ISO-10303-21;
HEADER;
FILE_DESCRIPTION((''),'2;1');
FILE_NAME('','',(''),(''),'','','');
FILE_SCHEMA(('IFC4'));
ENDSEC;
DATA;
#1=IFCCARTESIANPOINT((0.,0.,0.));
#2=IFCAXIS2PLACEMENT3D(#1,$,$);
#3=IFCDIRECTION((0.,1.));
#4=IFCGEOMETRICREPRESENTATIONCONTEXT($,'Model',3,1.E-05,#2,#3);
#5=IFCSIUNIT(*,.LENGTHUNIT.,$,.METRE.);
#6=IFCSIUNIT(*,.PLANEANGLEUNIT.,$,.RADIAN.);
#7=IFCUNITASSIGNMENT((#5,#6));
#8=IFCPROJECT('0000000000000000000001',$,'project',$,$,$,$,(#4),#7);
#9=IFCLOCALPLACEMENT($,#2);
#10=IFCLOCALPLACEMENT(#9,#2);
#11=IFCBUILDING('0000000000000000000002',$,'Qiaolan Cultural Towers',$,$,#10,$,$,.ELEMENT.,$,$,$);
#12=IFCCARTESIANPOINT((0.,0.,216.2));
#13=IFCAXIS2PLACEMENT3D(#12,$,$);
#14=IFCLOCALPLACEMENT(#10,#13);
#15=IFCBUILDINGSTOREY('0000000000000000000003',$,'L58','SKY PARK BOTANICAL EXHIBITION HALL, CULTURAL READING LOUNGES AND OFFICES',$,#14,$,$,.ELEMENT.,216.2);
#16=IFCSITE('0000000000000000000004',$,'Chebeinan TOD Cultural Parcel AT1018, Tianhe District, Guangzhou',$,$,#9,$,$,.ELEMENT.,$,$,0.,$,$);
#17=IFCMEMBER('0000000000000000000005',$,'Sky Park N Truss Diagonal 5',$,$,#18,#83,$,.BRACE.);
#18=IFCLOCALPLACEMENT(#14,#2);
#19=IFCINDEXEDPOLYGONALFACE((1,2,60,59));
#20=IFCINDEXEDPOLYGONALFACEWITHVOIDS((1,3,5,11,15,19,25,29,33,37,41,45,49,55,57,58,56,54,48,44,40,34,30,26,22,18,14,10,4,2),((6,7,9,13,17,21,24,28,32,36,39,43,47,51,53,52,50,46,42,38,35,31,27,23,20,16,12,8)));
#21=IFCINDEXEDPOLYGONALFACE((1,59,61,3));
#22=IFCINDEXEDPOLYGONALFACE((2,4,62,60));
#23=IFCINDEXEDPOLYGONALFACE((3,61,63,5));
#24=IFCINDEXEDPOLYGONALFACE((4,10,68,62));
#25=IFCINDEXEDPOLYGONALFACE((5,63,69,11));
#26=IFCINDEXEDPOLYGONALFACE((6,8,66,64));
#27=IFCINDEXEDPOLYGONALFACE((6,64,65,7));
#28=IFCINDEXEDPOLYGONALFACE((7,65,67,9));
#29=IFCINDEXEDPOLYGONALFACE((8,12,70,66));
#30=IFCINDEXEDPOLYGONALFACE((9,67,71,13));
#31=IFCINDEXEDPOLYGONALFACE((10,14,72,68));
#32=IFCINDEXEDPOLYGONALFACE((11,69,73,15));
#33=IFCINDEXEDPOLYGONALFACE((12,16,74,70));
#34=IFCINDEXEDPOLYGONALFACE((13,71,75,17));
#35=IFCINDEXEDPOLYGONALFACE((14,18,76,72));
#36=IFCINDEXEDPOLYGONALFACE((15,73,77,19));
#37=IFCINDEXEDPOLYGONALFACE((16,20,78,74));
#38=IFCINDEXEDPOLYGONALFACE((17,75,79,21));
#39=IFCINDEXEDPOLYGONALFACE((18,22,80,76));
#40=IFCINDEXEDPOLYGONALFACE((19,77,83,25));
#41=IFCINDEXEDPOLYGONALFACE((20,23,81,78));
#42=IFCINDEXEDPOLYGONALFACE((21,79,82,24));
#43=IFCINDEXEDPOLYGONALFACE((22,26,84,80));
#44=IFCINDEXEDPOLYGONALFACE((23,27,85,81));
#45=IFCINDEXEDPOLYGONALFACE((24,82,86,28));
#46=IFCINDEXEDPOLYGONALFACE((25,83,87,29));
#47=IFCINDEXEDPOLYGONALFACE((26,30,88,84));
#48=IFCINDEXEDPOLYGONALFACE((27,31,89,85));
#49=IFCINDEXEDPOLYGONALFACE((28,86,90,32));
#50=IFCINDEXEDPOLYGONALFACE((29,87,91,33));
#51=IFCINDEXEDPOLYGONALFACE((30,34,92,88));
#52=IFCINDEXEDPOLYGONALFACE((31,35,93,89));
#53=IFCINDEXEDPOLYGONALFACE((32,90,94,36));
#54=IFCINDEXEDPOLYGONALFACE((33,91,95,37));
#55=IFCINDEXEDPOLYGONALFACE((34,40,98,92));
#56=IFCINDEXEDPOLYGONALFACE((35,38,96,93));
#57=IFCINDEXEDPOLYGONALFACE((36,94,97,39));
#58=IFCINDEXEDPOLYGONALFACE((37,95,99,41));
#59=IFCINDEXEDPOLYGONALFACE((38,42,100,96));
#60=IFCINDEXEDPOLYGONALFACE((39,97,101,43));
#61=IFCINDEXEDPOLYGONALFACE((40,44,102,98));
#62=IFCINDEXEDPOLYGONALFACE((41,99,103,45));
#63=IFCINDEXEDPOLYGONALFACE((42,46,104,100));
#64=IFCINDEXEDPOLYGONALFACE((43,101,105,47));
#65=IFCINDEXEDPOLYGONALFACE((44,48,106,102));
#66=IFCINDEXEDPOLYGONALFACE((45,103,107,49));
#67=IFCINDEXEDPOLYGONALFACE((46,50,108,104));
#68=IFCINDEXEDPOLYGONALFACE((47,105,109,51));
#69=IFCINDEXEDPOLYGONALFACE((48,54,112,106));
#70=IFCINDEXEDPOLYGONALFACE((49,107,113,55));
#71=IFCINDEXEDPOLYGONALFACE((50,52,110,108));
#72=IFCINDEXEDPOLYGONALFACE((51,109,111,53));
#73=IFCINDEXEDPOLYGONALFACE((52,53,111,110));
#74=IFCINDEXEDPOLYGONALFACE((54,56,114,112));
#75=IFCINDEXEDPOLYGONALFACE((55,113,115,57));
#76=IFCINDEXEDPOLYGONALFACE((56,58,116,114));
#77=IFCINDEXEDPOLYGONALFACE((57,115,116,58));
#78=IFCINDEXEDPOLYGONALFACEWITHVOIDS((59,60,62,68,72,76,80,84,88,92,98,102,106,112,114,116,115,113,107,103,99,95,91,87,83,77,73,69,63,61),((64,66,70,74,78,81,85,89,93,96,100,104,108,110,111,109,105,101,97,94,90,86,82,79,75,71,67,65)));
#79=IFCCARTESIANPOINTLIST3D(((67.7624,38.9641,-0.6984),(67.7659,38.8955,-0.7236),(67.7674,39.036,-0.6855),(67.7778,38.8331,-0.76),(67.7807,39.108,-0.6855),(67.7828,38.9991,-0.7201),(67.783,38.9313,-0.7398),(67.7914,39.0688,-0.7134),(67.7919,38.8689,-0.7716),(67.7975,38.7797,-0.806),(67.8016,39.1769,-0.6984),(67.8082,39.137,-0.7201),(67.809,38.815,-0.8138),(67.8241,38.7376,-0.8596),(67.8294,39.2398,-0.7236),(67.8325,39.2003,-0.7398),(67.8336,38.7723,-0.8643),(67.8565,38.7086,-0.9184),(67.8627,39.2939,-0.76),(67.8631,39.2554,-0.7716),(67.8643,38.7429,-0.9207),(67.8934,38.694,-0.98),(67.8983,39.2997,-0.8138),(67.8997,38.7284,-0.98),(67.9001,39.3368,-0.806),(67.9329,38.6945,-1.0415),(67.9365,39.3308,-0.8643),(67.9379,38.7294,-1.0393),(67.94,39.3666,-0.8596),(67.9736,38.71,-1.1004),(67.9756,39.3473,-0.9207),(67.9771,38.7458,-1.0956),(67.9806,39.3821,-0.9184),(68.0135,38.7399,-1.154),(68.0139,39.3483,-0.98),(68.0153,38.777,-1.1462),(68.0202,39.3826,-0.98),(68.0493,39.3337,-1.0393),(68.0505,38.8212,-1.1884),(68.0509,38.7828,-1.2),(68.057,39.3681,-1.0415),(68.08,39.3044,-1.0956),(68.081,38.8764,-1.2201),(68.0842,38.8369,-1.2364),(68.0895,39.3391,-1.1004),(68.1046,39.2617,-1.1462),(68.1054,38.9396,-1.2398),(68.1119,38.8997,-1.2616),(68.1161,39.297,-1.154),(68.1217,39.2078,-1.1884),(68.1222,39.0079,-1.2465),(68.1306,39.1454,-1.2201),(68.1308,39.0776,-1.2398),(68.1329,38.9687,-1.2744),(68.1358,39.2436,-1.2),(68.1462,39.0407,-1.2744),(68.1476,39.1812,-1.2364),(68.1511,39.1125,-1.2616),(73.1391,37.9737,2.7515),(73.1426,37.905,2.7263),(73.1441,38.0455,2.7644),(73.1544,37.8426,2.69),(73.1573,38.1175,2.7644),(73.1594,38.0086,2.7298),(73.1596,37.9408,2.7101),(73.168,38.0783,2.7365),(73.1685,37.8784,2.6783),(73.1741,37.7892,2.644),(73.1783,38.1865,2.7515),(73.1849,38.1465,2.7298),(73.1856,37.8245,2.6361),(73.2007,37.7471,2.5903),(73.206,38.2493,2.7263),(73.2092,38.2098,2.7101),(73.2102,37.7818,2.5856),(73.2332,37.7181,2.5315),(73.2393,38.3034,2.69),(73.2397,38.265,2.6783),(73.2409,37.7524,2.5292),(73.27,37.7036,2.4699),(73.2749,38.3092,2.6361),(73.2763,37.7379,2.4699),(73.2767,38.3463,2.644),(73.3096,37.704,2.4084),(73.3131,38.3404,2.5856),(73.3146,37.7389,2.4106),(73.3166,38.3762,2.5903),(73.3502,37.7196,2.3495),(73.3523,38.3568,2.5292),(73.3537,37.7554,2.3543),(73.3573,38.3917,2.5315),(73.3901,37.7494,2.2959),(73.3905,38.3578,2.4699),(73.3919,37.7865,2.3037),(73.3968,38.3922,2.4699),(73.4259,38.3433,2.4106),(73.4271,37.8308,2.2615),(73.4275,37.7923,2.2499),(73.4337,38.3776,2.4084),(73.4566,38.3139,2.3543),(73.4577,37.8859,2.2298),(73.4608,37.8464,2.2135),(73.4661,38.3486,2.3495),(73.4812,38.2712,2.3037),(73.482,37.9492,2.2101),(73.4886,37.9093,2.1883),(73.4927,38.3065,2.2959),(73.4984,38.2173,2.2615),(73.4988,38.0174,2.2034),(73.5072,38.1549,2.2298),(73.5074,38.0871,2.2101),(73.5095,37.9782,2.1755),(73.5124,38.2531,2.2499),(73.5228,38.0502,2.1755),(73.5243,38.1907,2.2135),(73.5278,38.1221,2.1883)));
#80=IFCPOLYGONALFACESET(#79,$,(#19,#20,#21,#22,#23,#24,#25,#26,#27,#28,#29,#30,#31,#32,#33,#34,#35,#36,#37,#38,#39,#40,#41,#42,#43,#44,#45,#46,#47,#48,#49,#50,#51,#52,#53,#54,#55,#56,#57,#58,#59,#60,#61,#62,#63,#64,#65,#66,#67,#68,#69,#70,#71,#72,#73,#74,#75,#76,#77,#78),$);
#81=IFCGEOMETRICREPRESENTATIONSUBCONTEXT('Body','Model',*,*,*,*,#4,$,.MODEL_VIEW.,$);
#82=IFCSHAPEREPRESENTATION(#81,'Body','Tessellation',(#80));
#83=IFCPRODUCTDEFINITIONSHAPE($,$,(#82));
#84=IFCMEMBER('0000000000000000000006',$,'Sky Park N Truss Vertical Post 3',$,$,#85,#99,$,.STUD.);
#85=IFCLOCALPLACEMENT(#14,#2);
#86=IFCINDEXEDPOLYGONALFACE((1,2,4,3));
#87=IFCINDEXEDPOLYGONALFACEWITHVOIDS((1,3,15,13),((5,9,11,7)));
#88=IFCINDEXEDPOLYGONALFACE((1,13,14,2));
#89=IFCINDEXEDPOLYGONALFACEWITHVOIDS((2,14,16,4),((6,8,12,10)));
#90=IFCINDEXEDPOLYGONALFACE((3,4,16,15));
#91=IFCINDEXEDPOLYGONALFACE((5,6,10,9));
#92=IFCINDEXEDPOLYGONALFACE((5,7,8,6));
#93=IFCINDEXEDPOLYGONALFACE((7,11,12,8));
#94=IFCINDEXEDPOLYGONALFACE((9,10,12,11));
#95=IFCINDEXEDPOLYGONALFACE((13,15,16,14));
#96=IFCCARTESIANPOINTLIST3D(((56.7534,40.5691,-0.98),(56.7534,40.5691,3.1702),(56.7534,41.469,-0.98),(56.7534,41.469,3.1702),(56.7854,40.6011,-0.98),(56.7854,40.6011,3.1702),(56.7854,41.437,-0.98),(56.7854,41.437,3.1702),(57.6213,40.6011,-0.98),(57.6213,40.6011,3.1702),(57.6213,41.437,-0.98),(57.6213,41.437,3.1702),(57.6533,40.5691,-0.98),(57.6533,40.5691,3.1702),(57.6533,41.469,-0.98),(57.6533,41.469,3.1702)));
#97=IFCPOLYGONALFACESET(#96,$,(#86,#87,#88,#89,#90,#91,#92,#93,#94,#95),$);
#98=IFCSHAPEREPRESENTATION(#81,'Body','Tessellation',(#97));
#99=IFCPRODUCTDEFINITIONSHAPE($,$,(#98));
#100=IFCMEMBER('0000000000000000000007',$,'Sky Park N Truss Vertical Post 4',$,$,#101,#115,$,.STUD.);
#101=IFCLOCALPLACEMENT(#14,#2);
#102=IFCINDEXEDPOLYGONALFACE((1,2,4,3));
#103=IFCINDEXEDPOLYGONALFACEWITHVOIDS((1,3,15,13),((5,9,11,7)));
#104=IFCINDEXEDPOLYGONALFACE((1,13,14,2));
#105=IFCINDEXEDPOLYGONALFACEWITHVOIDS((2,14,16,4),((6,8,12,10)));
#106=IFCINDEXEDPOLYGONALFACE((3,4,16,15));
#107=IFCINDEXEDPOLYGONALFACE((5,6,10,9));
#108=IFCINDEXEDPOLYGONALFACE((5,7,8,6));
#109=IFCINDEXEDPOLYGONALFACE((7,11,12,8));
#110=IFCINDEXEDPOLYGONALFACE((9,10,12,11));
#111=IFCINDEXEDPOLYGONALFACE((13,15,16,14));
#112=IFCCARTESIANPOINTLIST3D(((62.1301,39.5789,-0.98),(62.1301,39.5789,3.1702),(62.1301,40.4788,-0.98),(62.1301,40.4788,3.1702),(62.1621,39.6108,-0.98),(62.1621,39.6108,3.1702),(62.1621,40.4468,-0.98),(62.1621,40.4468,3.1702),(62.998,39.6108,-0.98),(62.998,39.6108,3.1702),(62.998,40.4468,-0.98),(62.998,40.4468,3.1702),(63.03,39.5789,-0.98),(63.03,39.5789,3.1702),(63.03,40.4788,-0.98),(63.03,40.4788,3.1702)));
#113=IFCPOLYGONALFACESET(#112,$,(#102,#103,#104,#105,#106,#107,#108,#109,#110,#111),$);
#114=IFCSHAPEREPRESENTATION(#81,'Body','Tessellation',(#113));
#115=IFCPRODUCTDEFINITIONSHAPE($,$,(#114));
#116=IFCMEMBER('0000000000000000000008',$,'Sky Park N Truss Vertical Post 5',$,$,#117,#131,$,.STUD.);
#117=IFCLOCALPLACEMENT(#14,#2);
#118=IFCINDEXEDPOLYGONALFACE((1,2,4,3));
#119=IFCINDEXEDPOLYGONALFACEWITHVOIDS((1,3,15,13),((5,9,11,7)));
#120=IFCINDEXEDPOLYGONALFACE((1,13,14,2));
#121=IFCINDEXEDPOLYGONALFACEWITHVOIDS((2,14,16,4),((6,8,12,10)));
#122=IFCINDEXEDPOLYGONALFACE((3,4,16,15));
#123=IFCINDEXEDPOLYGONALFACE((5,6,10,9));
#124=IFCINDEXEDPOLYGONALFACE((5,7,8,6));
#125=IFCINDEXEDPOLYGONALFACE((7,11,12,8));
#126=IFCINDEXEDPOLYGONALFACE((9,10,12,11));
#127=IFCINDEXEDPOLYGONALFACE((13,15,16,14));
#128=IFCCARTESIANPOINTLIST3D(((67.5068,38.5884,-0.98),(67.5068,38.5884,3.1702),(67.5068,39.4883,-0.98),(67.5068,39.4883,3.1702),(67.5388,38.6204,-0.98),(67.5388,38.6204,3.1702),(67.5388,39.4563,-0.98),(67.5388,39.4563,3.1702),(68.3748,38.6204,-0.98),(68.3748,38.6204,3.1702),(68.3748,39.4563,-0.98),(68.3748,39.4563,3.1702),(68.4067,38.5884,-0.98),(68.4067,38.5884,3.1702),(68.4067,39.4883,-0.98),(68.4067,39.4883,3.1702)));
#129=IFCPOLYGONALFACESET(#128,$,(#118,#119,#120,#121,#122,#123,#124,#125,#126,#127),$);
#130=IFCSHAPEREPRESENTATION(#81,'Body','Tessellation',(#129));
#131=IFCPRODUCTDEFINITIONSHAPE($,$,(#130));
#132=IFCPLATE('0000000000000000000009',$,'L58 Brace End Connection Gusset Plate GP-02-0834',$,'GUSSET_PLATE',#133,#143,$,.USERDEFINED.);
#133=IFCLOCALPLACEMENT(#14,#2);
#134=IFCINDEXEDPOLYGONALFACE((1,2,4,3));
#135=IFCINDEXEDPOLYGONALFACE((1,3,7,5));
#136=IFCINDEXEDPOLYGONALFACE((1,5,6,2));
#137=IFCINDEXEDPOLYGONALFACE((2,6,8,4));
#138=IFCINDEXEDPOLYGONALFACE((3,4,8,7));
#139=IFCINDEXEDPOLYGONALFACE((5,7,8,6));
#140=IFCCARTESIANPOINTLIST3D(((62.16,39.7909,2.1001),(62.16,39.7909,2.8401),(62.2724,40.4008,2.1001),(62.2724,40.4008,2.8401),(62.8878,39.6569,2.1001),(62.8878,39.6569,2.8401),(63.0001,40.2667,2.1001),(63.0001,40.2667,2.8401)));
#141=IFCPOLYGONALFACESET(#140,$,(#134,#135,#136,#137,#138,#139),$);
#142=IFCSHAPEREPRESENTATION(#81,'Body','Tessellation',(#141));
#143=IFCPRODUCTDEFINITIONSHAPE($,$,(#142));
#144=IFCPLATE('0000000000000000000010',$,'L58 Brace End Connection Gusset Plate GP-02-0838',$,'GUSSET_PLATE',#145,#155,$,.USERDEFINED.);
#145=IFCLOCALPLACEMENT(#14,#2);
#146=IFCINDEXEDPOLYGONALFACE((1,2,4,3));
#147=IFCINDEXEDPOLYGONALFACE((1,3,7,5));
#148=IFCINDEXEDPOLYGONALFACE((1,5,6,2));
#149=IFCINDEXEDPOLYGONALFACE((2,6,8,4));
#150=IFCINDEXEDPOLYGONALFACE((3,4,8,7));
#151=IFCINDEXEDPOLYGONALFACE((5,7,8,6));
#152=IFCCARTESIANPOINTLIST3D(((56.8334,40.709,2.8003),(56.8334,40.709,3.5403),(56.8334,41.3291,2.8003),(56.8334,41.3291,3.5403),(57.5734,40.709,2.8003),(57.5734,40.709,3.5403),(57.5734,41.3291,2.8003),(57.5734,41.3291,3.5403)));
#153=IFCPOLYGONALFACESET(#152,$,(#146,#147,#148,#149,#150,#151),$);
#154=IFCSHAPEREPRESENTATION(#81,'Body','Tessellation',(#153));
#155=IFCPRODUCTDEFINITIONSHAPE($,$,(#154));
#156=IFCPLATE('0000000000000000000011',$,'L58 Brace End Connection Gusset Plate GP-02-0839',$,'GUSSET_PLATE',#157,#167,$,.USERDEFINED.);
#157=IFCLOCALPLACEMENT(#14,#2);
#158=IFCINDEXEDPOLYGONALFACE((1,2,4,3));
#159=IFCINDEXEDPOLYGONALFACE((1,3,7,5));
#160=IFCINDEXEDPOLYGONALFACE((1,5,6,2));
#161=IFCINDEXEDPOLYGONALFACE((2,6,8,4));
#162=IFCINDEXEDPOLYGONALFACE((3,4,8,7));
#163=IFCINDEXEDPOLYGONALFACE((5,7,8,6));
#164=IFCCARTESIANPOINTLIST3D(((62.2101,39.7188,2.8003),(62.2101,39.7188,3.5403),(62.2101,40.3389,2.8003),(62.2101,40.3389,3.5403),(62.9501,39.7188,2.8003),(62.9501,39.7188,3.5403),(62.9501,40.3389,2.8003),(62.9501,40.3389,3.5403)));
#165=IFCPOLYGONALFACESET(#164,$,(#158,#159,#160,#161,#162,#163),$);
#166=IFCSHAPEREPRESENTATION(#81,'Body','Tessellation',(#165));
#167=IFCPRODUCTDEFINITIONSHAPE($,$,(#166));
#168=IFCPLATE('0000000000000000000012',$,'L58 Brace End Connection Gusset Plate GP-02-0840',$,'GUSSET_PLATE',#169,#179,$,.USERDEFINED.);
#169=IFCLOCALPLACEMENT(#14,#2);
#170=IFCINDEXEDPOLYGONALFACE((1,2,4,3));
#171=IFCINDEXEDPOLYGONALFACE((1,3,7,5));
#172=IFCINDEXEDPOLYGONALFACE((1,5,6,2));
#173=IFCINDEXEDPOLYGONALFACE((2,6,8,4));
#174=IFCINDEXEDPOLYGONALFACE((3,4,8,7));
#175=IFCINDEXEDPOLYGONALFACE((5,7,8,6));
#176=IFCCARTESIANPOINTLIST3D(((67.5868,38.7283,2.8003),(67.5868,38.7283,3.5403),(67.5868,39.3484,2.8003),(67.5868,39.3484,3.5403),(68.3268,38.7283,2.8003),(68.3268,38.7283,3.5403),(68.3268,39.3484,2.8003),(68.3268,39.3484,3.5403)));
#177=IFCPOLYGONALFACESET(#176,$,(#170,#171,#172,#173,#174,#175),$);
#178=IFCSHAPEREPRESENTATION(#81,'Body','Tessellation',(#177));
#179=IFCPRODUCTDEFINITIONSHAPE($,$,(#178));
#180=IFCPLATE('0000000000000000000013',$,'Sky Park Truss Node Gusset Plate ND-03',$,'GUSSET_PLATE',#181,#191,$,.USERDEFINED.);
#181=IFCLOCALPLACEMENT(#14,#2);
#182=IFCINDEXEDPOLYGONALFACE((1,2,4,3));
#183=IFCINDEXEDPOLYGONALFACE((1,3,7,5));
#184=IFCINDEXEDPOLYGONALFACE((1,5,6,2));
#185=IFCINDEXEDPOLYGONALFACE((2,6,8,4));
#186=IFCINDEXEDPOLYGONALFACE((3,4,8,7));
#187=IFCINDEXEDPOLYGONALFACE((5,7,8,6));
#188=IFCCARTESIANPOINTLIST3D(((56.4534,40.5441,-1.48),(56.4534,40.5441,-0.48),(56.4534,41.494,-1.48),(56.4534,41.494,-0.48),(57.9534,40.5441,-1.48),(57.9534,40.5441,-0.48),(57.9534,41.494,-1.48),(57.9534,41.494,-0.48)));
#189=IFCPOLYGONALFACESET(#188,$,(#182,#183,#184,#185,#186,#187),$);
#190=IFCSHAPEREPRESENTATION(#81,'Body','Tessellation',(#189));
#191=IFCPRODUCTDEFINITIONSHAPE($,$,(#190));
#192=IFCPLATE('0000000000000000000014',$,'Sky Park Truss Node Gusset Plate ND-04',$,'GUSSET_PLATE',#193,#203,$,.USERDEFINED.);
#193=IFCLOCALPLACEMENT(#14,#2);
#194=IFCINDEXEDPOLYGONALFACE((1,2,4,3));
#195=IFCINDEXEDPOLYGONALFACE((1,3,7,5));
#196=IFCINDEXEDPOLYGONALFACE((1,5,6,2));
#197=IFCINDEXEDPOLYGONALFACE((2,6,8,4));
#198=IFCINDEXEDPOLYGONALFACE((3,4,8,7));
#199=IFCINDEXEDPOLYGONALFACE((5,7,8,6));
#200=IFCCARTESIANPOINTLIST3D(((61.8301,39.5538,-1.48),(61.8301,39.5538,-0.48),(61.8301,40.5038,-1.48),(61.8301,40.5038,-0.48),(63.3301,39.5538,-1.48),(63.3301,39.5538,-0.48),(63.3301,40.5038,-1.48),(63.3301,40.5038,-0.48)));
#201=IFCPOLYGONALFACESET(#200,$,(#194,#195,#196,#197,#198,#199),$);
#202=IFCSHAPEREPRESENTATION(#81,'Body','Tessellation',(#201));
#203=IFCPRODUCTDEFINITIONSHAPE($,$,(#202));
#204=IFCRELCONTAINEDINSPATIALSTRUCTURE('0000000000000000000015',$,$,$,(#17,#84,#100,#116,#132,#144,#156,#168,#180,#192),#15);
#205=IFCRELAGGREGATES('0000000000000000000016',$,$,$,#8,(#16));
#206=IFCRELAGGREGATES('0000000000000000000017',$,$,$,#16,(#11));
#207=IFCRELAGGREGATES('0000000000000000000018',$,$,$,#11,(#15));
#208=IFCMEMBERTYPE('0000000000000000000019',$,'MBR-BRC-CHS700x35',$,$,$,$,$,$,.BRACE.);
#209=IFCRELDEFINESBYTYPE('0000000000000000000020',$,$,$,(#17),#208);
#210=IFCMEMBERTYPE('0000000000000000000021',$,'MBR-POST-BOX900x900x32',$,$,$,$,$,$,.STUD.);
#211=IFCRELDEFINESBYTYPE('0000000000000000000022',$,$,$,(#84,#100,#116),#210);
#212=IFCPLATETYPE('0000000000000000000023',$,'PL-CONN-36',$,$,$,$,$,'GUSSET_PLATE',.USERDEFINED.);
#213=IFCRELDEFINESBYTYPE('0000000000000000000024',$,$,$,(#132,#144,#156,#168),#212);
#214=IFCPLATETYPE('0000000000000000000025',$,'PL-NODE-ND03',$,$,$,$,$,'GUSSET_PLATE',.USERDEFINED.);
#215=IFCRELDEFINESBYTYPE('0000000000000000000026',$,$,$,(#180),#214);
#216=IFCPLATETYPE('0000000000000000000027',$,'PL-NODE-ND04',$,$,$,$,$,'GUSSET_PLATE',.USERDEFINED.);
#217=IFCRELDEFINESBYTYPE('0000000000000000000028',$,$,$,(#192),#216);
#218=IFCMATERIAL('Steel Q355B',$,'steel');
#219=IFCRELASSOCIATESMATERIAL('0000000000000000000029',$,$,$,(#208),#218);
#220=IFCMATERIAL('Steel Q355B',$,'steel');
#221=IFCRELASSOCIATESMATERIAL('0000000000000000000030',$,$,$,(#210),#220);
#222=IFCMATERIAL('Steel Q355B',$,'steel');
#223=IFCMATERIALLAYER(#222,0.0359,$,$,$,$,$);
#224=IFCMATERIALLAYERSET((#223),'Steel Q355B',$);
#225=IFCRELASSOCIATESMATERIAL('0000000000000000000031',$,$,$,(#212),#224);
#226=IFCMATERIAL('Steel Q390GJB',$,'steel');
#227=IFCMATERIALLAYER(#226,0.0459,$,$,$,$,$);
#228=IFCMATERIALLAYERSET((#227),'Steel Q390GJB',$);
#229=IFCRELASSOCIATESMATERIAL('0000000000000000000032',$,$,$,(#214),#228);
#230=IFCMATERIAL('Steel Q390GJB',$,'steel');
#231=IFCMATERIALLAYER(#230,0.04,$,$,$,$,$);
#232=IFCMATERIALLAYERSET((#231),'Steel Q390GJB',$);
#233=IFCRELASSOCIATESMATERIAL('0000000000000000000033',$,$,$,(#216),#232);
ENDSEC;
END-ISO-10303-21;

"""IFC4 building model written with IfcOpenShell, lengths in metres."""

from ifc_helpers import new_model, si_unit, direction, frame, origin, origin_2d, place, context, subcontext, project, spatial, rectangle, hollow_rectangle, hollow_circle, extrude, material, layer, layer_set, material_profile, profile_set, type_object, element, save


model = new_model("IFC4")

# Units and contexts
model_context = context("Model", 3, precision=1e-05, world=origin(), true_north=direction((0.0, 1.0)))
body_context = subcontext(model_context, "Body", "Model", "MODEL_VIEW")
ifc_project = project(units=[si_unit("LENGTHUNIT", "METRE"), si_unit("PLANEANGLEUNIT", "RADIAN")], contexts=[model_context])

# Site, building, storey
site_placement = place(None, origin())
site = spatial("IfcSite", under=ifc_project, at=site_placement, Name="Chebeinan TOD Cultural Parcel AT1018, Tianhe District, Guangzhou", CompositionType="ELEMENT", RefElevation=0.0)
building_placement = place(site_placement, origin())
building = spatial("IfcBuilding", under=site, at=building_placement, Name="Qiaolan Cultural Towers", CompositionType="ELEMENT")
storey_placement = place(building_placement, frame((0.0, 0.0, 216.2)))
storey = spatial("IfcBuildingStorey", under=building, at=storey_placement, Name="L58", Description="SKY PARK BOTANICAL EXHIBITION HALL, CULTURAL READING LOUNGES AND OFFICES", CompositionType="ELEMENT", Elevation=216.2)

# Members
ifc_material_1 = material(Name="Steel Q355B", Category="steel")
ifc_material_profile_1 = material_profile(ifc_material_1, hollow_circle(Radius=0.3501, WallThickness=0.0349, at=origin_2d()), Name="CHS700x35")
ifc_profile_set_1 = profile_set([ifc_material_profile_1], Name="Steel Q355B")
member_type_1 = type_object("IfcMemberType", Name="MBR-BRC-CHS700x35", PredefinedType="BRACE", material=ifc_profile_set_1)
for number, where, z_axis, x_axis, name in (
    (1, (67.9568, 39.0383, -0.98), (0.831704, -0.153214, 0.533661), (0.181168, 0.983452, 0.0), "Sky Park N Truss Diagonal 5"),
):
    element("IfcMember", number, at=place(storey_placement, frame(where, z_axis=z_axis, x_axis=x_axis)), inside=storey, type_object=member_type_1, Name=name, PredefinedType="BRACE", context=body_context, shape_type="SweptSolid", body=[
        extrude(hollow_circle(Radius=0.3501, WallThickness=0.0349, at=origin_2d()), origin(), (0.0, 0.0, 1.0), 6.4646),
    ])
ifc_material_2 = material(Name="Steel Q355B", Category="steel")
ifc_material_profile_2 = material_profile(ifc_material_2, hollow_rectangle(XDim=0.8999, YDim=0.8999, WallThickness=0.032, at=origin_2d()), Name="BOX900x900x32")
ifc_profile_set_2 = profile_set([ifc_material_profile_2], Name="Steel Q355B")
member_type_2 = type_object("IfcMemberType", Name="MBR-POST-BOX900x900x32", PredefinedType="STUD", material=ifc_profile_set_2)
for number, where, z_axis, x_axis, name in (
    (2, (57.2034, 41.019, -0.98), (0.0, 0.0, 1.0), (1.0, 0.0, 0.0), "Sky Park N Truss Vertical Post 3"),
    (3, (62.5801, 40.0288, -0.98), (0.0, 0.0, 1.0), (1.0, 0.0, 0.0), "Sky Park N Truss Vertical Post 4"),
    (4, (67.9568, 39.0383, -0.98), (0.0, 0.0, 1.0), (1.0, 0.0, 0.0), "Sky Park N Truss Vertical Post 5"),
):
    element("IfcMember", number, at=place(storey_placement, frame(where, z_axis=z_axis, x_axis=x_axis)), inside=storey, type_object=member_type_2, Name=name, PredefinedType="STUD", context=body_context, shape_type="SweptSolid", body=[
        extrude(hollow_rectangle(XDim=0.8999, YDim=0.8999, WallThickness=0.032, at=origin_2d()), origin(), (0.0, 0.0, 1.0), 4.1501),
    ])

# Plates
ifc_material_3 = material(Name="Steel Q355B", Category="steel")
ifc_layer_1 = layer(ifc_material_3, 0.0359)
ifc_layer_set_1 = layer_set([ifc_layer_1], Name="Steel Q355B")
plate_type_1 = type_object("IfcPlateType", Name="PL-CONN-36", ElementType="GUSSET_PLATE", PredefinedType="USERDEFINED", material=ifc_layer_set_1)
for number, where, z_axis, x_axis, name in (
    (5, (62.5801, 40.0288, 2.1001), (0.0, 0.0, 1.0), (-0.983454, 0.18116, 0.0), "L58 Brace End Connection Gusset Plate GP-02-0834"),
    (6, (57.2034, 41.019, 2.8003), (0.0, 0.0, 1.0), (1.0, 0.0, 0.0), "L58 Brace End Connection Gusset Plate GP-02-0838"),
    (7, (62.5801, 40.0288, 2.8003), (0.0, 0.0, 1.0), (1.0, 0.0, 0.0), "L58 Brace End Connection Gusset Plate GP-02-0839"),
    (8, (67.9568, 39.0383, 2.8003), (0.0, 0.0, 1.0), (1.0, 0.0, 0.0), "L58 Brace End Connection Gusset Plate GP-02-0840"),
):
    element("IfcPlate", number, at=place(storey_placement, frame(where, z_axis=z_axis, x_axis=x_axis)), inside=storey, type_object=plate_type_1, Name=name, ObjectType="GUSSET_PLATE", PredefinedType="USERDEFINED", context=body_context, shape_type="SweptSolid", body=[
        extrude(rectangle(XDim=0.74, YDim=0.6201, at=origin_2d()), origin(), (0.0, 0.0, 1.0), 0.74),
    ])
ifc_material_4 = material(Name="Steel Q390GJB", Category="steel")
ifc_layer_2 = layer(ifc_material_4, 0.0459)
ifc_layer_set_2 = layer_set([ifc_layer_2], Name="Steel Q390GJB")
plate_type_2 = type_object("IfcPlateType", Name="PL-NODE-ND03", ElementType="GUSSET_PLATE", PredefinedType="USERDEFINED", material=ifc_layer_set_2)
plate_1_placement = place(storey_placement, frame((57.2034, 41.019, -1.48), z_axis=(0.0, 0.0, 1.0), x_axis=(1.0, 0.0, 0.0)))
element("IfcPlate", 9, at=plate_1_placement, inside=storey, type_object=plate_type_2, Name="Sky Park Truss Node Gusset Plate ND-03", ObjectType="GUSSET_PLATE", PredefinedType="USERDEFINED", context=body_context, shape_type="SweptSolid", body=[
    extrude(rectangle(XDim=1.5, YDim=0.95, at=origin_2d()), origin(), (0.0, 0.0, 1.0), 1.0),
])
ifc_material_5 = material(Name="Steel Q390GJB", Category="steel")
ifc_layer_3 = layer(ifc_material_5, 0.04)
ifc_layer_set_3 = layer_set([ifc_layer_3], Name="Steel Q390GJB")
plate_type_3 = type_object("IfcPlateType", Name="PL-NODE-ND04", ElementType="GUSSET_PLATE", PredefinedType="USERDEFINED", material=ifc_layer_set_3)
plate_2_placement = place(storey_placement, frame((62.5801, 40.0288, -1.48), z_axis=(0.0, 0.0, 1.0), x_axis=(1.0, 0.0, 0.0)))
element("IfcPlate", 10, at=plate_2_placement, inside=storey, type_object=plate_type_3, Name="Sky Park Truss Node Gusset Plate ND-04", ObjectType="GUSSET_PLATE", PredefinedType="USERDEFINED", context=body_context, shape_type="SweptSolid", body=[
    extrude(rectangle(XDim=1.5, YDim=0.95, at=origin_2d()), origin(), (0.0, 0.0, 1.0), 1.0),
])

save(model, "model.ifc")
